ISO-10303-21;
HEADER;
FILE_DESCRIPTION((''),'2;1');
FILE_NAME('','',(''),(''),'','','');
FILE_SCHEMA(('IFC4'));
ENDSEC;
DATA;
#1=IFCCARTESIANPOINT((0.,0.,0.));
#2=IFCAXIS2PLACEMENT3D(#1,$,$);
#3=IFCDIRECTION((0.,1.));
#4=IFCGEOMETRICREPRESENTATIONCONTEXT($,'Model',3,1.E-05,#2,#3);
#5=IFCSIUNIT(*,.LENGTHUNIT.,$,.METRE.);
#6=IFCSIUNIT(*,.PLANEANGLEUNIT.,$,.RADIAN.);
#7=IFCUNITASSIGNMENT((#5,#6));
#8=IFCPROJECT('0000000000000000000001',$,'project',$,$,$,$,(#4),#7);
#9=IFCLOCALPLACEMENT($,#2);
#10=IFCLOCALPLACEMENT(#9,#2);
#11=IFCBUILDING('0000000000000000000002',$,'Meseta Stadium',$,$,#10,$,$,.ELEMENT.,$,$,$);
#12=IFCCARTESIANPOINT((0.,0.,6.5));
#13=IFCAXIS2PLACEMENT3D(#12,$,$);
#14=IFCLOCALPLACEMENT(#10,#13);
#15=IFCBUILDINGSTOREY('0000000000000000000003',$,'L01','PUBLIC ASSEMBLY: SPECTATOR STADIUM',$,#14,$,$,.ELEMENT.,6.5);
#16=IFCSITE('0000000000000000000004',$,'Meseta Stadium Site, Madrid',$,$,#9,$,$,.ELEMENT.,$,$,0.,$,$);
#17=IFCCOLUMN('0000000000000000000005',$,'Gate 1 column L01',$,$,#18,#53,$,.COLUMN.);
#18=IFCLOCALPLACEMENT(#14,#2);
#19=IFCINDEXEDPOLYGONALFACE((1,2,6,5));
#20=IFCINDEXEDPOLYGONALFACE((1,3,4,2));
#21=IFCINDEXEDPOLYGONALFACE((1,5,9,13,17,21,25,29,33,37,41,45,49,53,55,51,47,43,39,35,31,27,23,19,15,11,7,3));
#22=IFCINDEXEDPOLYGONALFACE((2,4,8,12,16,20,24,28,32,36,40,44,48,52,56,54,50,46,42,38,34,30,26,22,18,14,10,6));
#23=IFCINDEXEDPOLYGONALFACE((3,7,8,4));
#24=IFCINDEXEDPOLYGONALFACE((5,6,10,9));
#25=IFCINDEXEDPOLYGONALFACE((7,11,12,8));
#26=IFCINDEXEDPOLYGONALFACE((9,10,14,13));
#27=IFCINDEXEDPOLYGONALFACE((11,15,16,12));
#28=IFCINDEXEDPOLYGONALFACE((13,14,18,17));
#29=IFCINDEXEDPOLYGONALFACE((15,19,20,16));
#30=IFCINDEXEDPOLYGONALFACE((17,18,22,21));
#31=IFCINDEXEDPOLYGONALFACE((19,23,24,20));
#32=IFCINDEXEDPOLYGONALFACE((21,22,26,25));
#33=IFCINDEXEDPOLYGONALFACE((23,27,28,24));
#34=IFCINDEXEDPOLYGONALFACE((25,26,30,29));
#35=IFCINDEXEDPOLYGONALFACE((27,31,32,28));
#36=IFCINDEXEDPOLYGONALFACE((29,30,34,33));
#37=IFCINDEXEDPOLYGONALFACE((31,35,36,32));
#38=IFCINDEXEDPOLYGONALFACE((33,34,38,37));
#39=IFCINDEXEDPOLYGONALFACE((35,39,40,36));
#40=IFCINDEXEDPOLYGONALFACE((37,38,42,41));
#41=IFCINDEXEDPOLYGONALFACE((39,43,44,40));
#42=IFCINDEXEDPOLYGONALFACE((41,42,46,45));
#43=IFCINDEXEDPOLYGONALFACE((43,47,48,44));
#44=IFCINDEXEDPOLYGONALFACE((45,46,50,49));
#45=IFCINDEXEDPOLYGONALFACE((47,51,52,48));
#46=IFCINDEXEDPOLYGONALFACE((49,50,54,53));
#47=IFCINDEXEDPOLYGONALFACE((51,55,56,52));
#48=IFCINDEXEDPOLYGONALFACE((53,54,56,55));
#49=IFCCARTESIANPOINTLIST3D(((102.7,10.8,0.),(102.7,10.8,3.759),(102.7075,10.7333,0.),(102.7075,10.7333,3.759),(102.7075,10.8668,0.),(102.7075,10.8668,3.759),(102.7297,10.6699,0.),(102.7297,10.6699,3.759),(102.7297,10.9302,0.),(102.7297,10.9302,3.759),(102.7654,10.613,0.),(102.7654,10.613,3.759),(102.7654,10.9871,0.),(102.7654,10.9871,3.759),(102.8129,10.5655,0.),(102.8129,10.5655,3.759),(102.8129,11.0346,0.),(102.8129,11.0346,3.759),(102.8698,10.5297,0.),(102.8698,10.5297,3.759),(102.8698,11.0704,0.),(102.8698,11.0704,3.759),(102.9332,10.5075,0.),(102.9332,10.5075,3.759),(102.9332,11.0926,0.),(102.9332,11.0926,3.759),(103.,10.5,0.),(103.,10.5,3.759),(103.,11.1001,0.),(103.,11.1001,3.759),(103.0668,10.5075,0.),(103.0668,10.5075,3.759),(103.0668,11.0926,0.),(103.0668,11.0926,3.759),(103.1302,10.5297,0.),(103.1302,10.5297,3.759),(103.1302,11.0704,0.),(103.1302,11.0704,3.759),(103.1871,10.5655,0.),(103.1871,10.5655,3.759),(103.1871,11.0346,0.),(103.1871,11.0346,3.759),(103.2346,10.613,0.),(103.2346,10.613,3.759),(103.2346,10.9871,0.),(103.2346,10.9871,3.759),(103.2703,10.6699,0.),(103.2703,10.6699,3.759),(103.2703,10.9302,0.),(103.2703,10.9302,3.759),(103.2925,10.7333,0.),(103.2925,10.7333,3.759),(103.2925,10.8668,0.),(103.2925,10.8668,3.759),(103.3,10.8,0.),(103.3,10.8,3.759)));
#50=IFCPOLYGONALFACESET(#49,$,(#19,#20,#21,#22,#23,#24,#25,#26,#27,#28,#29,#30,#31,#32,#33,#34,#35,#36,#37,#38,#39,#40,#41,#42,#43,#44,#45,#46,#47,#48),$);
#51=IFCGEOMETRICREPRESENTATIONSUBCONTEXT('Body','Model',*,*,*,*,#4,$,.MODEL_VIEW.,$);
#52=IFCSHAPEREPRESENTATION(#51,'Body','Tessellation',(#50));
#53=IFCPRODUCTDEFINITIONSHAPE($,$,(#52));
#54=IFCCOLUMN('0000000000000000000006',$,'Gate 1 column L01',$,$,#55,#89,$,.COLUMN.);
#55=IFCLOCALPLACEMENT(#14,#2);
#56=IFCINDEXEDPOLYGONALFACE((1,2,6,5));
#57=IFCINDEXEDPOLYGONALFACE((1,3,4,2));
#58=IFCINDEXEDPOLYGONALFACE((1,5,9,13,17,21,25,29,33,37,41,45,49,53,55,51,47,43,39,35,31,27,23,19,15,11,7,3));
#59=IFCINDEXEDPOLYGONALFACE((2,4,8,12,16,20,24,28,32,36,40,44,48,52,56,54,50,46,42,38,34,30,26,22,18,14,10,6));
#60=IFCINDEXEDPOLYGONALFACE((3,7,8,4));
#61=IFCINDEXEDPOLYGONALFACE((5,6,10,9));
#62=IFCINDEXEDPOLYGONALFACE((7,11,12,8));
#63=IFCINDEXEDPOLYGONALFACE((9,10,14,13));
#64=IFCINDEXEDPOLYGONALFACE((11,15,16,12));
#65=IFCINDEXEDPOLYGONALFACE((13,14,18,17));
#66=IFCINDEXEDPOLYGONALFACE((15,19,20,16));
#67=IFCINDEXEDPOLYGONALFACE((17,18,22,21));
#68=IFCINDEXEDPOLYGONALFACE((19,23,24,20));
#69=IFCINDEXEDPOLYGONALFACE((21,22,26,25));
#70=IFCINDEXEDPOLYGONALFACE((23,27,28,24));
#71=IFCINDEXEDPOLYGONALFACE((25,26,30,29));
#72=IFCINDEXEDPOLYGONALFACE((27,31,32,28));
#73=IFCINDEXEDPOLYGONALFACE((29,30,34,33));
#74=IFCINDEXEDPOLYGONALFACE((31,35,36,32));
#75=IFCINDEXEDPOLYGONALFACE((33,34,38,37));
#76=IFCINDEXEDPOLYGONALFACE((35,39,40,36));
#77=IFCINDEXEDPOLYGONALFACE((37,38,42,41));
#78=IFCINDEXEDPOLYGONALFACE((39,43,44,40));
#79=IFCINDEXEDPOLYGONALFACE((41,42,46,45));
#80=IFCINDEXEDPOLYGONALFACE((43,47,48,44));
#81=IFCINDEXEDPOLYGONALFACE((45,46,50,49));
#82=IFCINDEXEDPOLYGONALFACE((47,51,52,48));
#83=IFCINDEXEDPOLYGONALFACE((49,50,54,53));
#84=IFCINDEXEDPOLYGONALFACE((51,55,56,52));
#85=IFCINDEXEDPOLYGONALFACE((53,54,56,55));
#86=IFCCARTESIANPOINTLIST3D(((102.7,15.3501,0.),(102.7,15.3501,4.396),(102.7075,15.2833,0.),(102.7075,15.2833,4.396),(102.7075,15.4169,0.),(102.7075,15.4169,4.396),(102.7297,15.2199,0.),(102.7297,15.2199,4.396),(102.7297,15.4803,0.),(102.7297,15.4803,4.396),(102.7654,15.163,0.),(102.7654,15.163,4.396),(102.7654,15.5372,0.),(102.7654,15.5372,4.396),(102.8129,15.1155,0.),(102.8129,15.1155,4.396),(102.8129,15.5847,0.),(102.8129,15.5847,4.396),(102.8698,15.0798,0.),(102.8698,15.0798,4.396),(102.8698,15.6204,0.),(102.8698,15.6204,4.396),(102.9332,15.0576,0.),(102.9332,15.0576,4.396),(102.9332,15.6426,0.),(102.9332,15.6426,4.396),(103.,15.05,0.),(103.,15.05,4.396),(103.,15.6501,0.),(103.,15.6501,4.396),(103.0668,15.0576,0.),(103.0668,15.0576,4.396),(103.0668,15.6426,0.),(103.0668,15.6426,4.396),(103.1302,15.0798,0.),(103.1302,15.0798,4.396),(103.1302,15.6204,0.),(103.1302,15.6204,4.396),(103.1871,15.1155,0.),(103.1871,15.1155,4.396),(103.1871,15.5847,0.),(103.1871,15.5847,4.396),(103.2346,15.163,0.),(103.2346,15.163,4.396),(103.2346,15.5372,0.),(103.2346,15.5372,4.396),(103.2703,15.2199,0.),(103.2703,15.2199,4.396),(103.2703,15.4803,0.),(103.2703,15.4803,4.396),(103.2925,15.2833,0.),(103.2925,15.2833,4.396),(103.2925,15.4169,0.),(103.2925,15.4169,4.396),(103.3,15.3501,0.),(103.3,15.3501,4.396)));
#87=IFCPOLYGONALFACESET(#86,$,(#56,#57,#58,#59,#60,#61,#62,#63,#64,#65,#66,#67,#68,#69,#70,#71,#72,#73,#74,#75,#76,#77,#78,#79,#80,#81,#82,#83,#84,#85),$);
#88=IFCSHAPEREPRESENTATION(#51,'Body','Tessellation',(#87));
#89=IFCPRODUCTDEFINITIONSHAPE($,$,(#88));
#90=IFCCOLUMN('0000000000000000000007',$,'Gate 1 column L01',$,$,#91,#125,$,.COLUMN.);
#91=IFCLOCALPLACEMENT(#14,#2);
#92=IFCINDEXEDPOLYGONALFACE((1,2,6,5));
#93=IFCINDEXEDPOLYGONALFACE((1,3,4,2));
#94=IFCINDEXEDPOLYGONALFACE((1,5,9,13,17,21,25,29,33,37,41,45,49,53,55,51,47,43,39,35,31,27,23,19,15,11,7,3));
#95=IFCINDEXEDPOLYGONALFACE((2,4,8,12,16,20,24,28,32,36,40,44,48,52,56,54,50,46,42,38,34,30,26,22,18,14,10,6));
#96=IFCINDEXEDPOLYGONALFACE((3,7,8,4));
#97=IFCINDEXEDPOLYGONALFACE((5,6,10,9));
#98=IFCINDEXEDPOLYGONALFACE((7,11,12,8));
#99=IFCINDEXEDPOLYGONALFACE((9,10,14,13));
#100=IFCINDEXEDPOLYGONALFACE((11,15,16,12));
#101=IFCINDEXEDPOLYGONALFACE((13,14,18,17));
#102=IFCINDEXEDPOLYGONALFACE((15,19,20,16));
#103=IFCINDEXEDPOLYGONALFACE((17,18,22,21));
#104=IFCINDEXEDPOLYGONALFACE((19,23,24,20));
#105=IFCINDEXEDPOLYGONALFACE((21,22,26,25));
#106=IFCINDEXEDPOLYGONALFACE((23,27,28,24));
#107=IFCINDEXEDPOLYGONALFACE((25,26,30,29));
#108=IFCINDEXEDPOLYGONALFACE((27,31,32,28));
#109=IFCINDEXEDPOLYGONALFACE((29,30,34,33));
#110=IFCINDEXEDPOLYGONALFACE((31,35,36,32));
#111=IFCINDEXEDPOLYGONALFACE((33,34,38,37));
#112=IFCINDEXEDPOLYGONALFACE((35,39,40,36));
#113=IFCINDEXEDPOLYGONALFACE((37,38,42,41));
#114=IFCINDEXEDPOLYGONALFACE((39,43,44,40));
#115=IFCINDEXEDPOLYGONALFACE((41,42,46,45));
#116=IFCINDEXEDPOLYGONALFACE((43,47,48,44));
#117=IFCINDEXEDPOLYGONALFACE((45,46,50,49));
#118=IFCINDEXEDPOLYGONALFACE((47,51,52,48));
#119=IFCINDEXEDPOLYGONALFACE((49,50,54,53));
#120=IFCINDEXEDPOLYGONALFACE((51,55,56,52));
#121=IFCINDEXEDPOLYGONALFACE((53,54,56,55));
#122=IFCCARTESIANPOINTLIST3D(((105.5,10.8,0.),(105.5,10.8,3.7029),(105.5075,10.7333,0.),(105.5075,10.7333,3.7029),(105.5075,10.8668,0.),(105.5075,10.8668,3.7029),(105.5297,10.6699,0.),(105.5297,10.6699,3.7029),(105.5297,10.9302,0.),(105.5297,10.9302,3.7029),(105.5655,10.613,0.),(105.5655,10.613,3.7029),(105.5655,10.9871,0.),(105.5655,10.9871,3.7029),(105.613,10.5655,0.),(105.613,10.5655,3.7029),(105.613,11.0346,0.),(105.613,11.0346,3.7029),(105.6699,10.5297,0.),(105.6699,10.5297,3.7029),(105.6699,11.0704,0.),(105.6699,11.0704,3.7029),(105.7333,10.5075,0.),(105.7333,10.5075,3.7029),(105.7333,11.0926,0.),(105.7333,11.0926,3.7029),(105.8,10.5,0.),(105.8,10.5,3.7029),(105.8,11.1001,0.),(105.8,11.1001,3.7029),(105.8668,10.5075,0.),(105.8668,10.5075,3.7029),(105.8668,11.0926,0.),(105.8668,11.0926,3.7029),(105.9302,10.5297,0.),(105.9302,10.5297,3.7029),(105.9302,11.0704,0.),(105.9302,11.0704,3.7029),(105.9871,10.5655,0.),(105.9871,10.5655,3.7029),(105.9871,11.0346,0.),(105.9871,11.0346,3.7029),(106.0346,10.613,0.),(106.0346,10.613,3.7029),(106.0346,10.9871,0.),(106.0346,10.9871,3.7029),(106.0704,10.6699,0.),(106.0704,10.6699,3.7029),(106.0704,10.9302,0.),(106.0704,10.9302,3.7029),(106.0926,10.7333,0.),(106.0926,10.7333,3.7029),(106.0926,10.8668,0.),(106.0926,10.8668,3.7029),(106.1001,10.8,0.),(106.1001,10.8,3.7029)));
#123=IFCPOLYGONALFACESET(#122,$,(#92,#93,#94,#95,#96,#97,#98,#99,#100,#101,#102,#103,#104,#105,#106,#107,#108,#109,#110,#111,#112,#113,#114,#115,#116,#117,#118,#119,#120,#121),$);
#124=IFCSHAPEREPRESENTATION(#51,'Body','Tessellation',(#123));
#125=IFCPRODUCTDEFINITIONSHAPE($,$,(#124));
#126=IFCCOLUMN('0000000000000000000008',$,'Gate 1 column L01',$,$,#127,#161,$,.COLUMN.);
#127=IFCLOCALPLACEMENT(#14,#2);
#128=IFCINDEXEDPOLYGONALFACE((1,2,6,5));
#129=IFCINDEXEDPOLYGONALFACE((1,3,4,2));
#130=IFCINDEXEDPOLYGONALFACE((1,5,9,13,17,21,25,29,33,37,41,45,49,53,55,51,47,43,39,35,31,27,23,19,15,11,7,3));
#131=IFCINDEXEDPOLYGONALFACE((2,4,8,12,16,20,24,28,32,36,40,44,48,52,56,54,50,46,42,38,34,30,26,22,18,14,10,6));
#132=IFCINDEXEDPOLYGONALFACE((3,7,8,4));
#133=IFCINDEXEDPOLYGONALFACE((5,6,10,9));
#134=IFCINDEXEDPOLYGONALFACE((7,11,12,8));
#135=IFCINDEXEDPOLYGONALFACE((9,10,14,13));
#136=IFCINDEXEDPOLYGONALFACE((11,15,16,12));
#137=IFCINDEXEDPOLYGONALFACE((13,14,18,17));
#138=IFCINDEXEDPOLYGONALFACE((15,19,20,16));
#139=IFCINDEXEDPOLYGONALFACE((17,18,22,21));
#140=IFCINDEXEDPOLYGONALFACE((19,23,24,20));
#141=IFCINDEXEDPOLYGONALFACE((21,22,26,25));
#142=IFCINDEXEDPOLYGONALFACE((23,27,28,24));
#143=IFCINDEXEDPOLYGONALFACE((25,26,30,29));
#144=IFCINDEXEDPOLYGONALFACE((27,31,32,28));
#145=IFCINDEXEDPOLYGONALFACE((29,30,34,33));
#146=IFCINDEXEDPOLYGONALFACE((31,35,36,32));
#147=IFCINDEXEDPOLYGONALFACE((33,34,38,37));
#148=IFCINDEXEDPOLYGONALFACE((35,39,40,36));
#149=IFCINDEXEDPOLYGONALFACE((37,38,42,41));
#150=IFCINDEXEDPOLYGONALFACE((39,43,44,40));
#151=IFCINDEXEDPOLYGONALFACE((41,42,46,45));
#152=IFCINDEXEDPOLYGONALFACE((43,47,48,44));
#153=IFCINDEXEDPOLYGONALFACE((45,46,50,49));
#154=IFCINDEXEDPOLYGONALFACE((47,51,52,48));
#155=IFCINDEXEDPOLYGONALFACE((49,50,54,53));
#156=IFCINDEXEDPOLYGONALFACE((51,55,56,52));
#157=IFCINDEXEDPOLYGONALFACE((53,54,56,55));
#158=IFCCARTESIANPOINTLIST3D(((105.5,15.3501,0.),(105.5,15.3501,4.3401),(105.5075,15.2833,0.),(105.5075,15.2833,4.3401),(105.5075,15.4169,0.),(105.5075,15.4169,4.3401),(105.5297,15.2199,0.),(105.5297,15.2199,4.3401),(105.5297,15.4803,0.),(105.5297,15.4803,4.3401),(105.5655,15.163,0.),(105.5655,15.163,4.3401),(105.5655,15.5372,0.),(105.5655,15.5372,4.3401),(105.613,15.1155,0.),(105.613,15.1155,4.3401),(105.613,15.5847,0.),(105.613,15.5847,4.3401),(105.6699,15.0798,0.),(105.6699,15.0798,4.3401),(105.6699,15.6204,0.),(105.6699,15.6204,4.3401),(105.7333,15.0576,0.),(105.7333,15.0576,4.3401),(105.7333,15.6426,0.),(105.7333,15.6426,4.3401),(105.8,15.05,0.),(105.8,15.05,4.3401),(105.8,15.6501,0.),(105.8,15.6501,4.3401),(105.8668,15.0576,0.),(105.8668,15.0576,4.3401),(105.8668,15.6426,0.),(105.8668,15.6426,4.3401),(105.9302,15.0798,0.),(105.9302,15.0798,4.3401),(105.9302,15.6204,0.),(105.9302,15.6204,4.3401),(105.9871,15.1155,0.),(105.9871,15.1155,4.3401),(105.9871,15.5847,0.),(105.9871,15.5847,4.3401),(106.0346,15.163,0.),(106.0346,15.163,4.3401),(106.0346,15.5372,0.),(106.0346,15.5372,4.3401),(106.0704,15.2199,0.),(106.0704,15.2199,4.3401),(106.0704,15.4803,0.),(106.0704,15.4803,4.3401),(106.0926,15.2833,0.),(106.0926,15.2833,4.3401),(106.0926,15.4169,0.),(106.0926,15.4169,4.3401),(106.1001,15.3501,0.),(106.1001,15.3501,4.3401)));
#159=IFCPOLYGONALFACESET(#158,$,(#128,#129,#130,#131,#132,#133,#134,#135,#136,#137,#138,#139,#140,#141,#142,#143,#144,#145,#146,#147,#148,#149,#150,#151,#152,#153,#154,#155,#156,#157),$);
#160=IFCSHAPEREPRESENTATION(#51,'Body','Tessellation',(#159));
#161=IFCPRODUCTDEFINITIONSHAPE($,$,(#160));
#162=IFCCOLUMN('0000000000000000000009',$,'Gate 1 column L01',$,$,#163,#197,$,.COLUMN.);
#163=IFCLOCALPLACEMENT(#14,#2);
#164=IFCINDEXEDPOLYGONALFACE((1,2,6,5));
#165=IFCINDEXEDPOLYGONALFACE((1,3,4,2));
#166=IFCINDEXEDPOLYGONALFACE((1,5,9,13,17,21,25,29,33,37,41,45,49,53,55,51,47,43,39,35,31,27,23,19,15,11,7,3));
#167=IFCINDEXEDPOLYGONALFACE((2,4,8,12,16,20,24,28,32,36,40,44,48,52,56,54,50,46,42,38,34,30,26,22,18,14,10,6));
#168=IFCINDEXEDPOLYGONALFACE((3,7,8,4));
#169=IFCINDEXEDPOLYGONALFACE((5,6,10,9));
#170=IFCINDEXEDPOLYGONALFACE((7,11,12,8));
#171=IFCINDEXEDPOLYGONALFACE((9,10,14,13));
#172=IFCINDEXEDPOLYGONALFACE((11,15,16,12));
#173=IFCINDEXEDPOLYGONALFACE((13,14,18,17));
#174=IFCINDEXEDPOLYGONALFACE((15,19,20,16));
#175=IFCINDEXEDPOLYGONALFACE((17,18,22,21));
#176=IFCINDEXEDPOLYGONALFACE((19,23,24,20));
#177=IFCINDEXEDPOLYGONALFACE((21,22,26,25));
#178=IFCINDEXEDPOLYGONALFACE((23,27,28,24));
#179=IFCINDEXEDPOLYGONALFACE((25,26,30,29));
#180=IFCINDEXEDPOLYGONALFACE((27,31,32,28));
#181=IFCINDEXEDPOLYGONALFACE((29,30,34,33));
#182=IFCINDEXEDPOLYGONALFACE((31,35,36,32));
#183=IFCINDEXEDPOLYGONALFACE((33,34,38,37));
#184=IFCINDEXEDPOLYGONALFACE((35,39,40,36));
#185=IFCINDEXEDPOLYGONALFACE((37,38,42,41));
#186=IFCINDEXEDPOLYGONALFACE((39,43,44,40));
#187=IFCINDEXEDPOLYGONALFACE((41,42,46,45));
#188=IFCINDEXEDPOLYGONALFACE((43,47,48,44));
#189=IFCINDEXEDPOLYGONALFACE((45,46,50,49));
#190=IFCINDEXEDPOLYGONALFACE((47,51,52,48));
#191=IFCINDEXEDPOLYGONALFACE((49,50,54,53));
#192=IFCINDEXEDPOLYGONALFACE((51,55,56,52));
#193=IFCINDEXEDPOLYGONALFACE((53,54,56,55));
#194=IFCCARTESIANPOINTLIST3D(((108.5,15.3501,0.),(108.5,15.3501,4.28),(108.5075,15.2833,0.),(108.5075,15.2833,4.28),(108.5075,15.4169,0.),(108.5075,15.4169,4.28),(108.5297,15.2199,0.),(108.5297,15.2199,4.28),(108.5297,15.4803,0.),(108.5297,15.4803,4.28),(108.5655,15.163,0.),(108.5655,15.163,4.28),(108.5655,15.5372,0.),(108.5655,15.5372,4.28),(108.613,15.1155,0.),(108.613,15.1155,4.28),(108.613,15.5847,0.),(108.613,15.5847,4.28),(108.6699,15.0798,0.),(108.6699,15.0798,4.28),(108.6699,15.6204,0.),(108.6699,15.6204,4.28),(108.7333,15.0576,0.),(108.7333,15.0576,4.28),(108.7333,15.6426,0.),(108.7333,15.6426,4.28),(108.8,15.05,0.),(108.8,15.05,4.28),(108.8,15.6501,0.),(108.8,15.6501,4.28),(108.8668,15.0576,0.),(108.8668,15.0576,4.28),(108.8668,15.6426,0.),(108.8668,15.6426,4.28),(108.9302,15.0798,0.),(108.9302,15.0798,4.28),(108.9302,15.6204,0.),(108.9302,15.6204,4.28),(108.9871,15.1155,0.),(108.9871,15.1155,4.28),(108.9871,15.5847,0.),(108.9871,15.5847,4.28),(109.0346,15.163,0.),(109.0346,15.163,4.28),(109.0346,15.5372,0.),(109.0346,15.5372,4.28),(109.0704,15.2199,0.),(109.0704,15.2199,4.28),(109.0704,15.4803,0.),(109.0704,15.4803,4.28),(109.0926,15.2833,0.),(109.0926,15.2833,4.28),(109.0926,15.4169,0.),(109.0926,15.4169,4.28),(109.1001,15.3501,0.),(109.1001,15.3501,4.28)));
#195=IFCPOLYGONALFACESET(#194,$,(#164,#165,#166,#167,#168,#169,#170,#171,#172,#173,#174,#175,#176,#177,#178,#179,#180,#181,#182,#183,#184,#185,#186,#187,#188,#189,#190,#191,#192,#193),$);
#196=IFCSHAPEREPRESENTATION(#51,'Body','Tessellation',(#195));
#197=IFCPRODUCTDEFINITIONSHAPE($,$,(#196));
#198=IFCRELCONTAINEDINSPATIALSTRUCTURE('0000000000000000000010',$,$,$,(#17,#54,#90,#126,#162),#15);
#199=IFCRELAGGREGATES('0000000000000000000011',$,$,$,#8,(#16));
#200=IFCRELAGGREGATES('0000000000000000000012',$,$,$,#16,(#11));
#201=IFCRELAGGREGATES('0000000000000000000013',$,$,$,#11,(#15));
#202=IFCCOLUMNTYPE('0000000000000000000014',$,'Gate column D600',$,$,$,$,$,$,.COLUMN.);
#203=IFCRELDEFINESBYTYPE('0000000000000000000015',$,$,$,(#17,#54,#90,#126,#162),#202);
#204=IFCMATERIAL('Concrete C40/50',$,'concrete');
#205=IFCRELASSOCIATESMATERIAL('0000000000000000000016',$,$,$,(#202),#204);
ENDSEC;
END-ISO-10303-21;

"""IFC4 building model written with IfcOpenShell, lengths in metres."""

from ifc_helpers import new_model, si_unit, direction, frame, origin, origin_2d, place, context, subcontext, project, spatial, circle, extrude, material, material_profile, profile_set, type_object, element, save


model = new_model("IFC4")

# Units and contexts
model_context = context("Model", 3, precision=1e-05, world=origin(), true_north=direction((0.0, 1.0)))
body_context = subcontext(model_context, "Body", "Model", "MODEL_VIEW")
ifc_project = project(units=[si_unit("LENGTHUNIT", "METRE"), si_unit("PLANEANGLEUNIT", "RADIAN")], contexts=[model_context])

# Site, building, storey
site_placement = place(None, origin())
site = spatial("IfcSite", under=ifc_project, at=site_placement, Name="Meseta Stadium Site, Madrid", CompositionType="ELEMENT", RefElevation=0.0)
building_placement = place(site_placement, origin())
building = spatial("IfcBuilding", under=site, at=building_placement, Name="Meseta Stadium", CompositionType="ELEMENT")
storey_placement = place(building_placement, frame((0.0, 0.0, 6.5)))
storey = spatial("IfcBuildingStorey", under=building, at=storey_placement, Name="L01", Description="PUBLIC ASSEMBLY: SPECTATOR STADIUM", CompositionType="ELEMENT", Elevation=6.5)

# Columns
ifc_material_1 = material(Name="Concrete C40/50", Category="concrete")
ifc_material_profile_1 = material_profile(ifc_material_1, circle(Radius=0.3, at=origin_2d()), Name="RC D600")
ifc_profile_set_1 = profile_set([ifc_material_profile_1], Name="Concrete C40/50")
column_type_1 = type_object("IfcColumnType", Name="Gate column D600", PredefinedType="COLUMN", material=ifc_profile_set_1)
column_1_placement = place(storey_placement, frame((103.0, 10.8, 0.0), z_axis=(0.0, 0.0, 1.0), x_axis=(1.0, 0.0, 0.0)))
element("IfcColumn", 1, at=column_1_placement, inside=storey, type_object=column_type_1, Name="Gate 1 column L01", PredefinedType="COLUMN", context=body_context, shape_type="SweptSolid", body=[
    extrude(circle(Radius=0.3, at=origin_2d()), origin(), (0.0, 0.0, 1.0), 3.759),
])
column_2_placement = place(storey_placement, frame((103.0, 15.3501, 0.0), z_axis=(0.0, 0.0, 1.0), x_axis=(1.0, 0.0, 0.0)))
element("IfcColumn", 2, at=column_2_placement, inside=storey, type_object=column_type_1, Name="Gate 1 column L01", PredefinedType="COLUMN", context=body_context, shape_type="SweptSolid", body=[
    extrude(circle(Radius=0.3, at=origin_2d()), origin(), (0.0, 0.0, 1.0), 4.396),
])
column_3_placement = place(storey_placement, frame((105.8, 10.8, 0.0), z_axis=(0.0, 0.0, 1.0), x_axis=(1.0, 0.0, 0.0)))
element("IfcColumn", 3, at=column_3_placement, inside=storey, type_object=column_type_1, Name="Gate 1 column L01", PredefinedType="COLUMN", context=body_context, shape_type="SweptSolid", body=[
    extrude(circle(Radius=0.3, at=origin_2d()), origin(), (0.0, 0.0, 1.0), 3.7029),
])
column_4_placement = place(storey_placement, frame((105.8, 15.3501, 0.0), z_axis=(0.0, 0.0, 1.0), x_axis=(1.0, 0.0, 0.0)))
element("IfcColumn", 4, at=column_4_placement, inside=storey, type_object=column_type_1, Name="Gate 1 column L01", PredefinedType="COLUMN", context=body_context, shape_type="SweptSolid", body=[
    extrude(circle(Radius=0.3, at=origin_2d()), origin(), (0.0, 0.0, 1.0), 4.3401),
])
column_5_placement = place(storey_placement, frame((108.8, 15.3501, 0.0), z_axis=(0.0, 0.0, 1.0), x_axis=(1.0, 0.0, 0.0)))
element("IfcColumn", 5, at=column_5_placement, inside=storey, type_object=column_type_1, Name="Gate 1 column L01", PredefinedType="COLUMN", context=body_context, shape_type="SweptSolid", body=[
    extrude(circle(Radius=0.3, at=origin_2d()), origin(), (0.0, 0.0, 1.0), 4.28),
])

save(model, "model.ifc")
